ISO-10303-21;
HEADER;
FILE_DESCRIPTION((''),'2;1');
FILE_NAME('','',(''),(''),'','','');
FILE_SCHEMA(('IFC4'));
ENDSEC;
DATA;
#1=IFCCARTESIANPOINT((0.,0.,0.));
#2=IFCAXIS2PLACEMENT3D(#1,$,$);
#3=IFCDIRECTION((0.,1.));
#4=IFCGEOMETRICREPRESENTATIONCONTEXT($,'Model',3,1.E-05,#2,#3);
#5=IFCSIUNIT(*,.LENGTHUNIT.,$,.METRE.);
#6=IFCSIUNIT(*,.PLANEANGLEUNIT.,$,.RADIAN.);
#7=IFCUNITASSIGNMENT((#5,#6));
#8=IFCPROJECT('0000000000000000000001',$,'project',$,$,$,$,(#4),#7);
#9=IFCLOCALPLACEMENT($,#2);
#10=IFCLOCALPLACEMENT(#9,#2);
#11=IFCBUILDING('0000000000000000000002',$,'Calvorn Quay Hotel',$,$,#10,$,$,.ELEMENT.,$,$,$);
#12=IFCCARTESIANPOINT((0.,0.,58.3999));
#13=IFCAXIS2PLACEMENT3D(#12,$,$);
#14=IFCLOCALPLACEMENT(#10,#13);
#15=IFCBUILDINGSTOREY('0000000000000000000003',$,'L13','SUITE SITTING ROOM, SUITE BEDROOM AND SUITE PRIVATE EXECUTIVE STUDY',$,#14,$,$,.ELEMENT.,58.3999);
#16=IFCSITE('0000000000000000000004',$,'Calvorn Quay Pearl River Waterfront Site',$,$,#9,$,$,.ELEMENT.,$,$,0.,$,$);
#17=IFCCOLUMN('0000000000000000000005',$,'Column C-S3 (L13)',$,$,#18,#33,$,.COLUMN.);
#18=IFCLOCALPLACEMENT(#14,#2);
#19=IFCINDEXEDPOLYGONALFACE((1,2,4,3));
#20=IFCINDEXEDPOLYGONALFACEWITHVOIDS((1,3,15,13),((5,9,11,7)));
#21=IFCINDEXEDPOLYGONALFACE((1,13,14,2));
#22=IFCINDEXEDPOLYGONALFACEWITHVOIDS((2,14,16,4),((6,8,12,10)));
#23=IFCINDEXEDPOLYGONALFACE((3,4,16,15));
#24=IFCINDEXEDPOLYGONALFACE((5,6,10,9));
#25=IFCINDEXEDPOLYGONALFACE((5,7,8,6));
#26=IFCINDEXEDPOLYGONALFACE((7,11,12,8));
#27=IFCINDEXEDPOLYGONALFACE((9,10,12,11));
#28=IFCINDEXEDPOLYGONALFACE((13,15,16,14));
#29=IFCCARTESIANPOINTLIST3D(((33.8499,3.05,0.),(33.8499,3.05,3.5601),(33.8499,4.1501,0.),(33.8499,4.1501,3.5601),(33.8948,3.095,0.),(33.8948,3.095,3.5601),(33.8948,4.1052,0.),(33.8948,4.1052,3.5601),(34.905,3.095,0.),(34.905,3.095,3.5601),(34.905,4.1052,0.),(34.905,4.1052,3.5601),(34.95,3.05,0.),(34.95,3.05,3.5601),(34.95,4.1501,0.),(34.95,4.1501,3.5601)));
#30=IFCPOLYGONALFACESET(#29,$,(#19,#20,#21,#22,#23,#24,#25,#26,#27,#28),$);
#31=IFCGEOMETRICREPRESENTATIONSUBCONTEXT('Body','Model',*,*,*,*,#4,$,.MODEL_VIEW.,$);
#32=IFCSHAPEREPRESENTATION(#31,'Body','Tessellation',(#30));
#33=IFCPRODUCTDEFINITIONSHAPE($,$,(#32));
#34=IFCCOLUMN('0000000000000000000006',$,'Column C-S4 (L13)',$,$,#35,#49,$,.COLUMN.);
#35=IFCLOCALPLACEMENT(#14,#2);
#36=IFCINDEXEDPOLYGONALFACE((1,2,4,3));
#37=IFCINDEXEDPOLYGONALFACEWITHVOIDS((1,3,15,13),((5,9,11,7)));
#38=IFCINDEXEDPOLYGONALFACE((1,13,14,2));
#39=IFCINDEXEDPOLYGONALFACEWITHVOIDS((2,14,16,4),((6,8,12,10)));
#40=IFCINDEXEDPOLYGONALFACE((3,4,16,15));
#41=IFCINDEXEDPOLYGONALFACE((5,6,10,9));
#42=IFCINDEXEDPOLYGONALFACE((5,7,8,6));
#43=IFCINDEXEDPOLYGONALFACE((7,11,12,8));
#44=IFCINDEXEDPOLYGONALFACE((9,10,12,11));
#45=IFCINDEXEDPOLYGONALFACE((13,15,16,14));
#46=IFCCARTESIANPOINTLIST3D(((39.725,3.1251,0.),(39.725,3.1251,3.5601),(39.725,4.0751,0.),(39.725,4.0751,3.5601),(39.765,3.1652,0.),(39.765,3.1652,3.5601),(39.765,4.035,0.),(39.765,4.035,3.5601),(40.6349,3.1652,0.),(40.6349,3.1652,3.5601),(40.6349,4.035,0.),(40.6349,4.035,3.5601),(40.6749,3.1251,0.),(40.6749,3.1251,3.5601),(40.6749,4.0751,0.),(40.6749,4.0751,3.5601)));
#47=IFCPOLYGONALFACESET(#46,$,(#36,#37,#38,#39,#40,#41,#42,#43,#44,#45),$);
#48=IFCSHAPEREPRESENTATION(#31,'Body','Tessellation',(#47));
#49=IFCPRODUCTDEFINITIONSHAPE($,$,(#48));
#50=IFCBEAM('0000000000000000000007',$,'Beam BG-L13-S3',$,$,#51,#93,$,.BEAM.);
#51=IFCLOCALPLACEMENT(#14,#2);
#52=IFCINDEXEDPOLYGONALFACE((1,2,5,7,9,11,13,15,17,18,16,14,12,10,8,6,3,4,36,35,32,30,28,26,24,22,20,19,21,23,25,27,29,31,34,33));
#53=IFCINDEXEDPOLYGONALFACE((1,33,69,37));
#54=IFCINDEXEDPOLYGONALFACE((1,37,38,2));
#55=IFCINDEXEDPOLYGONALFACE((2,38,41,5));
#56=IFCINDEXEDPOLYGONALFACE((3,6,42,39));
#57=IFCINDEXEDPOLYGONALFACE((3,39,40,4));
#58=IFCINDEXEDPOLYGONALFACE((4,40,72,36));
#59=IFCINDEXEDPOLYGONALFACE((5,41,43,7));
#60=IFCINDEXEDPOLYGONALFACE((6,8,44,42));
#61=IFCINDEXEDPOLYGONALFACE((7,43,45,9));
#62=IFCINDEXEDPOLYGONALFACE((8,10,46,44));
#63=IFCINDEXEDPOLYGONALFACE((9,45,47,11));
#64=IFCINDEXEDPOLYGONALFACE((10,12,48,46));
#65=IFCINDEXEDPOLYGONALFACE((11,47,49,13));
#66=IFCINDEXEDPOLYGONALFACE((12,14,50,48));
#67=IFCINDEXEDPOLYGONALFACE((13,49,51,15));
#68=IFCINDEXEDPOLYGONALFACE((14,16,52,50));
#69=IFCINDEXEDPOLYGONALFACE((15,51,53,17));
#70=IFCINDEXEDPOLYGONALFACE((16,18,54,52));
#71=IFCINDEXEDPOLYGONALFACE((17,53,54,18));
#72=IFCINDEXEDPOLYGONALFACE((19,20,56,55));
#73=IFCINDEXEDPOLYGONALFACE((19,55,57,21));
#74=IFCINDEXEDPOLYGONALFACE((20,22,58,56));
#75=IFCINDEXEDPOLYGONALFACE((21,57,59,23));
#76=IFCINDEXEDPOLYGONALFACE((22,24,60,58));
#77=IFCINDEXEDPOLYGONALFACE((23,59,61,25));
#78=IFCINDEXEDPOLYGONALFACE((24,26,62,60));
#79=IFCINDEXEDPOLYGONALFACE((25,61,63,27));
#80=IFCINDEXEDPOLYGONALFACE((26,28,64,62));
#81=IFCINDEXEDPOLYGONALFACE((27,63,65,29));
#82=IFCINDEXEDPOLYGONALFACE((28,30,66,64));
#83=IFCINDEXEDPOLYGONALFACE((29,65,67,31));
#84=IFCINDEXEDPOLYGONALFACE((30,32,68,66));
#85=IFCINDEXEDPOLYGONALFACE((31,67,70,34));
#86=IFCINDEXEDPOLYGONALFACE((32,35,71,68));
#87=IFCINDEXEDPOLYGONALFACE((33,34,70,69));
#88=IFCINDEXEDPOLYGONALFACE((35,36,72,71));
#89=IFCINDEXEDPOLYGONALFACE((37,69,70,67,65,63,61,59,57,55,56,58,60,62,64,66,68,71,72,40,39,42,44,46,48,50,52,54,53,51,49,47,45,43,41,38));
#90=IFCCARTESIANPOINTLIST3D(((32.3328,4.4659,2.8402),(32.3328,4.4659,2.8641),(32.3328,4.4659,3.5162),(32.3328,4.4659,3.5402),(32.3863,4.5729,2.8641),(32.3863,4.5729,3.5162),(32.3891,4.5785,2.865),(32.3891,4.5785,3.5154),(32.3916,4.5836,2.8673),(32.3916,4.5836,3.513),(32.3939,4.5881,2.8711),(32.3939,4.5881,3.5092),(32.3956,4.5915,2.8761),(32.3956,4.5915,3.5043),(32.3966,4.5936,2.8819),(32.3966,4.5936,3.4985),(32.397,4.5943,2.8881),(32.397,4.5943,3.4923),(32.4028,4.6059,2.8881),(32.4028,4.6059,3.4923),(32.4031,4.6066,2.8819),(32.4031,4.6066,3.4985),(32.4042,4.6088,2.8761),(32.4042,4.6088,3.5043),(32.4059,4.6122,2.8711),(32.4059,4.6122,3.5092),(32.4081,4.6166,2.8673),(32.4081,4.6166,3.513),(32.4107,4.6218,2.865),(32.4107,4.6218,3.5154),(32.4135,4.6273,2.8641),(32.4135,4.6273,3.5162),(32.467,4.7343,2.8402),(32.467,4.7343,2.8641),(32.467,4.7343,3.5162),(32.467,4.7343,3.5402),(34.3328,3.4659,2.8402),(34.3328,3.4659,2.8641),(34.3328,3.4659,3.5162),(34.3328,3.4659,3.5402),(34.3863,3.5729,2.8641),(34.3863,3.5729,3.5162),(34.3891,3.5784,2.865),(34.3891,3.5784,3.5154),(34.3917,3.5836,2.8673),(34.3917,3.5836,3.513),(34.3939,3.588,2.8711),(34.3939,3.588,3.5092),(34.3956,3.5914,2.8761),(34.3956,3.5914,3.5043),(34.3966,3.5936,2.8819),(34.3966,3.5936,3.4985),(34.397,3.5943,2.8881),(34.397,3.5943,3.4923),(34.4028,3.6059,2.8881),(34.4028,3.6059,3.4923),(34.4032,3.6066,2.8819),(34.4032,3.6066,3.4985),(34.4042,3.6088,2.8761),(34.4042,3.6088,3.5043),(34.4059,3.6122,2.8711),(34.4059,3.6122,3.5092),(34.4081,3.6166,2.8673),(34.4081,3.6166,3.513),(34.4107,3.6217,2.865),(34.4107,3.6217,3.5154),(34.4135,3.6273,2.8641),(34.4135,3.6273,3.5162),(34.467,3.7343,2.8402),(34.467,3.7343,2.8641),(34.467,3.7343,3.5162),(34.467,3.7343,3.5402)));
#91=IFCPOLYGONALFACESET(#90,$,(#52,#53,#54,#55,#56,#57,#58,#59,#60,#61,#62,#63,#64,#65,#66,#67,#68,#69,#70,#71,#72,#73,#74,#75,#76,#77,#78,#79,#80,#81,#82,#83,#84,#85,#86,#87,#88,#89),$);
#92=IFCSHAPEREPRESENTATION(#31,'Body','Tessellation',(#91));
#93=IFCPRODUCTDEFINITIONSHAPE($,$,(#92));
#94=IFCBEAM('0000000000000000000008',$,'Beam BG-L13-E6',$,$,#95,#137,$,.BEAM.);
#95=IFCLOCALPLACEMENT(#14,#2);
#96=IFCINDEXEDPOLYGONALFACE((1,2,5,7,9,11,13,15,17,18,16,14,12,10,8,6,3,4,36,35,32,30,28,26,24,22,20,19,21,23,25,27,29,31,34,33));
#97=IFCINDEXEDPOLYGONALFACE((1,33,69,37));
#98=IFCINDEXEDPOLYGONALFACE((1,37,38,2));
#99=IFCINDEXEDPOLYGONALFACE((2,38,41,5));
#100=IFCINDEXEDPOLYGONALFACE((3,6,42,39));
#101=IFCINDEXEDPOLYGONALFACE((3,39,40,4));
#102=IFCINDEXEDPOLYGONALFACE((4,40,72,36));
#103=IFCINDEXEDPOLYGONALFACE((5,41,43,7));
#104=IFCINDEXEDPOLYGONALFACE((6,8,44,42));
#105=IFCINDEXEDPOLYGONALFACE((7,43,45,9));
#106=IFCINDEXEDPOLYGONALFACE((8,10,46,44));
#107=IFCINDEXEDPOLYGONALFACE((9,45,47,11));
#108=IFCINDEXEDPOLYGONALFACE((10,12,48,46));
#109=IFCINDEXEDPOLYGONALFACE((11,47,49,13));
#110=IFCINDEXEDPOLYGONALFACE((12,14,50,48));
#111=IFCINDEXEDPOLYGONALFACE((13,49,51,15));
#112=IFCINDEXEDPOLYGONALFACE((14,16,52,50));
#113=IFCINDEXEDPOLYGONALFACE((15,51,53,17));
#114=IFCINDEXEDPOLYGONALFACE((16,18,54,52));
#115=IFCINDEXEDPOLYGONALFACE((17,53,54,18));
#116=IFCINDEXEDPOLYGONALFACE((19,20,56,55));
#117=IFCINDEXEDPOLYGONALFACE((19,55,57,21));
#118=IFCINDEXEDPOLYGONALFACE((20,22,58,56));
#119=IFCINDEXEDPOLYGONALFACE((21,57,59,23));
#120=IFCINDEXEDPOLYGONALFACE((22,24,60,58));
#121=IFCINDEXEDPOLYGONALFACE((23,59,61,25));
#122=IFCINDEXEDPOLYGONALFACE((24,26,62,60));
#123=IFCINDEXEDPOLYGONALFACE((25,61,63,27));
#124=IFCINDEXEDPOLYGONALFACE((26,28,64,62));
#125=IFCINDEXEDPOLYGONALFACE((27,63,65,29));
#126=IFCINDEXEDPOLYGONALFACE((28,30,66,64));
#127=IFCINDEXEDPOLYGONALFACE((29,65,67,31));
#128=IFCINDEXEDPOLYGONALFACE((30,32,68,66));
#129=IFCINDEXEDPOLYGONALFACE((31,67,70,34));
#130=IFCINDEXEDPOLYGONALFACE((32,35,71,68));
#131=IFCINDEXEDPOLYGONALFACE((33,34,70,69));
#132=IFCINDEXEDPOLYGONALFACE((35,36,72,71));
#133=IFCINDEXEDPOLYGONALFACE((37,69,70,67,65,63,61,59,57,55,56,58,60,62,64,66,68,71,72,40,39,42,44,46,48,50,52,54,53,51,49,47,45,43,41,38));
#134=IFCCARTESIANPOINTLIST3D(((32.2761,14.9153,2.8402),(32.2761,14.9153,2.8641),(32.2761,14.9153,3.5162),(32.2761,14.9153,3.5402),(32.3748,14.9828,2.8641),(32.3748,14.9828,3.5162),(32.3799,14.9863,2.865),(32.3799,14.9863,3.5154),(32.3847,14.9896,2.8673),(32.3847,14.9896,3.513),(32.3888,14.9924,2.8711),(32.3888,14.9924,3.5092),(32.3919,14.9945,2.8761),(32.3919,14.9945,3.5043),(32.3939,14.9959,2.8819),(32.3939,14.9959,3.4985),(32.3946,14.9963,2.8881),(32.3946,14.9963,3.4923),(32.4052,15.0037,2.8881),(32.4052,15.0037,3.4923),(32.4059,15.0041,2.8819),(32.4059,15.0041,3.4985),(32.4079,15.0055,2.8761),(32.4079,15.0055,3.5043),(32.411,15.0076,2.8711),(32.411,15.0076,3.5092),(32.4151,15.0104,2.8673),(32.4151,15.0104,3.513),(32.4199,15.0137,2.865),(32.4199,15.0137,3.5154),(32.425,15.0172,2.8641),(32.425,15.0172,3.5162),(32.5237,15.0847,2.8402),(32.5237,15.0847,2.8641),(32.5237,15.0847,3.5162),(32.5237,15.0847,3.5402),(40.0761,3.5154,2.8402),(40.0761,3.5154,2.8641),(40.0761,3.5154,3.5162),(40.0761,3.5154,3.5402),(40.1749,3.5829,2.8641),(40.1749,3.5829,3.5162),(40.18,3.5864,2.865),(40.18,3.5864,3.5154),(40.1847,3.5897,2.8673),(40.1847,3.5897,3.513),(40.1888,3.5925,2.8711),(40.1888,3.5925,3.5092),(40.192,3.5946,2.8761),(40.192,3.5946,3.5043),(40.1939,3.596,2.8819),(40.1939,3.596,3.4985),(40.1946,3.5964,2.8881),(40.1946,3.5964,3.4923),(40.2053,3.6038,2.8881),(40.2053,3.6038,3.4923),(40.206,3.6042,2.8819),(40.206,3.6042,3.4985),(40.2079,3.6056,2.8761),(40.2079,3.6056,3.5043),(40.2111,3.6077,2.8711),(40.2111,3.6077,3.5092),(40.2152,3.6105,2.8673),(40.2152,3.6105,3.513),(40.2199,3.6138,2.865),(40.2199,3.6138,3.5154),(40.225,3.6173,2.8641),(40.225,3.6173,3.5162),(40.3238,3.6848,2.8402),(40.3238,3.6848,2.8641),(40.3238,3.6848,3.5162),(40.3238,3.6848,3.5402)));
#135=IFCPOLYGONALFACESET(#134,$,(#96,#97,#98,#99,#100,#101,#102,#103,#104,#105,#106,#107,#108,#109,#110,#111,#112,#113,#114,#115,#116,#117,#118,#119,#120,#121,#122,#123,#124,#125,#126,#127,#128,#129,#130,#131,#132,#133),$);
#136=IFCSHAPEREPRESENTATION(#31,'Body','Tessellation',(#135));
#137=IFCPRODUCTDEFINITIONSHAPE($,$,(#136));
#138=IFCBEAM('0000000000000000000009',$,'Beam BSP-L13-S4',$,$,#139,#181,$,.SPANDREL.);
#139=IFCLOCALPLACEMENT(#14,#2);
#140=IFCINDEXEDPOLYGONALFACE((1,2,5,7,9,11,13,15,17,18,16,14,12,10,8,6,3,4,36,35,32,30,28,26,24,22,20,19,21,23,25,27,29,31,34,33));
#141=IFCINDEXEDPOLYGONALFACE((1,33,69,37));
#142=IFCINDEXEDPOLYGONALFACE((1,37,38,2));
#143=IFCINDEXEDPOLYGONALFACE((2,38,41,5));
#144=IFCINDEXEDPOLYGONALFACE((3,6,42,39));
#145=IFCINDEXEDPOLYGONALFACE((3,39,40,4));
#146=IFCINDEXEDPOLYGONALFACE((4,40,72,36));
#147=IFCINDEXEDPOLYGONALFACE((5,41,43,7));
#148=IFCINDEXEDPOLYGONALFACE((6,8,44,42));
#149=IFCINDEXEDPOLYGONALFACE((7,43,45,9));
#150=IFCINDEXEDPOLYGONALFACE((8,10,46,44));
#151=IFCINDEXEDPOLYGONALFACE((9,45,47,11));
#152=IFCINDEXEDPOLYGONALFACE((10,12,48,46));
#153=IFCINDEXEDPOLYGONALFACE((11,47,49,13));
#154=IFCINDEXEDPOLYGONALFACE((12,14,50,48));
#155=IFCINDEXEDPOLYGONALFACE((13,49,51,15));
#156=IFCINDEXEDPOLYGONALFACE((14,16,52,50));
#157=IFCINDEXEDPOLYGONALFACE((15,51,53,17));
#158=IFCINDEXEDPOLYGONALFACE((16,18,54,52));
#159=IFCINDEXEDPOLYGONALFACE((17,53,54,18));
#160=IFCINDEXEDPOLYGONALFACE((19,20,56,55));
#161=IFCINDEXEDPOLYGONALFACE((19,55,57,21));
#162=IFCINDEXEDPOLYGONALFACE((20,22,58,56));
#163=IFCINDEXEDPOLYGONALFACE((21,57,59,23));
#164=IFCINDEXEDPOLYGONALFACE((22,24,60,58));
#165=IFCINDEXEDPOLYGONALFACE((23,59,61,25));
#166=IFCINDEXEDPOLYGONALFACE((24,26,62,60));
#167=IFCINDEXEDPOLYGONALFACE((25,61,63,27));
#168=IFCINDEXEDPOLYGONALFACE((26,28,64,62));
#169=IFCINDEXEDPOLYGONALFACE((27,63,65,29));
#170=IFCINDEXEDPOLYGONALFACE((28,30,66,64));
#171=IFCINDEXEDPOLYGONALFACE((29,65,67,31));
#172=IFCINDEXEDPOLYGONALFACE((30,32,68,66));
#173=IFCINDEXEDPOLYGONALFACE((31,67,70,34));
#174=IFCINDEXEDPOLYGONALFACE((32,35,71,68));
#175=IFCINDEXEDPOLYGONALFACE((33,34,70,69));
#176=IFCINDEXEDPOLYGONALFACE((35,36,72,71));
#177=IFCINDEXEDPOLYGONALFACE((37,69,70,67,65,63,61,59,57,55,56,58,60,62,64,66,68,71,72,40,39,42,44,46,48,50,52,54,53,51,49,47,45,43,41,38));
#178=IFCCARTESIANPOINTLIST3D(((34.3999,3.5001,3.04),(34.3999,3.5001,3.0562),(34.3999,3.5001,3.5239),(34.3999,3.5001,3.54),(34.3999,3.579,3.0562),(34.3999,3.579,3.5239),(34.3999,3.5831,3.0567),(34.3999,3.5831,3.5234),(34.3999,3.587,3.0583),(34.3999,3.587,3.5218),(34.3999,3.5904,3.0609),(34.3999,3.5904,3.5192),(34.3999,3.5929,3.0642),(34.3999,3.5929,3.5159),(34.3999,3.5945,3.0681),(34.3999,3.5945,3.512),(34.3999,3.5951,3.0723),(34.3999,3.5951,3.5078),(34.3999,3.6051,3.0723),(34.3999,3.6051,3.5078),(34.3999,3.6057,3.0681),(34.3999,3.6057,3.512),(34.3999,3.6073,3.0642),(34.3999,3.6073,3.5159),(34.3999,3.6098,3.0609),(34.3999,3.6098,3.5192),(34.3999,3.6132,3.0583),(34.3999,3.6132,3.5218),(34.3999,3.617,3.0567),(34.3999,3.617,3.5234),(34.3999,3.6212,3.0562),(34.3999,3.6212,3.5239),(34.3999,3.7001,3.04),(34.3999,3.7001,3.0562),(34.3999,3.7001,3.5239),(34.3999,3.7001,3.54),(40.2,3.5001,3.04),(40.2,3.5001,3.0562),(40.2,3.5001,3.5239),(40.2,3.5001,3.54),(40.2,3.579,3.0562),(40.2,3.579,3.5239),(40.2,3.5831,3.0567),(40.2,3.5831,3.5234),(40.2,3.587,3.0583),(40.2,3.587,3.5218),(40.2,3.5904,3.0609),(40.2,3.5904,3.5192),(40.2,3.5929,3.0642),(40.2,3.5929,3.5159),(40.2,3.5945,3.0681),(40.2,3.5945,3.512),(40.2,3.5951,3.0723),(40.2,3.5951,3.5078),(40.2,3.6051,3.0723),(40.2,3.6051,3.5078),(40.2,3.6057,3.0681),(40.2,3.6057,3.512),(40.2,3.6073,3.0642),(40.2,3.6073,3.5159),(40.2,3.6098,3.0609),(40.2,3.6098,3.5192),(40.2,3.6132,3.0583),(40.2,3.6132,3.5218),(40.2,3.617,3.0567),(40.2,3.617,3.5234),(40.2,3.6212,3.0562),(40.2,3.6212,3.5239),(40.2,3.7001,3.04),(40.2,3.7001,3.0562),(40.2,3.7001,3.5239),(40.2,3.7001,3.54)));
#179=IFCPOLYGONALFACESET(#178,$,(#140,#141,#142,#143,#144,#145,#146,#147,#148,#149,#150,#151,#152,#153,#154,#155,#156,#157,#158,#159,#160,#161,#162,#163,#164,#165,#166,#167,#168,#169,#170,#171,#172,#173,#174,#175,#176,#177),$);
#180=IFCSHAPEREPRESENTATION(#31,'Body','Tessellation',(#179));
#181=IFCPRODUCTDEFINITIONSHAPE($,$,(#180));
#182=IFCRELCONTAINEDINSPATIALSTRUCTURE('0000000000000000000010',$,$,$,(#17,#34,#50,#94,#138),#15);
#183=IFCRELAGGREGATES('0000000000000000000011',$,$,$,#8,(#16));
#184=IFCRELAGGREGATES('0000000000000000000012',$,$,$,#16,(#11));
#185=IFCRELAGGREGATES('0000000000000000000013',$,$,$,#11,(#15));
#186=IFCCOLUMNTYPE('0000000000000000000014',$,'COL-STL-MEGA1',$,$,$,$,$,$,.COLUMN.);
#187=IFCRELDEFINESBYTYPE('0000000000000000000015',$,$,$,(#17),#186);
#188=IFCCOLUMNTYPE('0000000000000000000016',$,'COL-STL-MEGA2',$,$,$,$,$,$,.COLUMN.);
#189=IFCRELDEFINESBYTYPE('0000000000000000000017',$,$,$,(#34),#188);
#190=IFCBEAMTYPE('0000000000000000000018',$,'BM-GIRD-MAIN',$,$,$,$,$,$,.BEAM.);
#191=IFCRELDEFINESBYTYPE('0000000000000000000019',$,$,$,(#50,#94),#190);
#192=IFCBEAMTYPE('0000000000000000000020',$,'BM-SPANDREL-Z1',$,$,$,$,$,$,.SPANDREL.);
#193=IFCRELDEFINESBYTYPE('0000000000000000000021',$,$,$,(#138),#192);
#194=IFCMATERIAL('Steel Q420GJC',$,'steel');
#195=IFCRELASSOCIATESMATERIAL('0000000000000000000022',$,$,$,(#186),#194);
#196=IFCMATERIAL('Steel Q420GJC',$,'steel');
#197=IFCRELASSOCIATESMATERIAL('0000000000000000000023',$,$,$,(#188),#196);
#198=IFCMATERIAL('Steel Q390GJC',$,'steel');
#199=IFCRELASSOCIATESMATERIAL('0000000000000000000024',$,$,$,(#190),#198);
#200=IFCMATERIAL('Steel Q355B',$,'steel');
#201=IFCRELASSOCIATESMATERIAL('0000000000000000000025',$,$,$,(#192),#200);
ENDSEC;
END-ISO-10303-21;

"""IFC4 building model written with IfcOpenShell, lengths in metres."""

from ifc_helpers import new_model, si_unit, direction, frame, origin, origin_2d, place, context, subcontext, project, spatial, hollow_rectangle, i_section, extrude, material, material_profile, profile_set, type_object, element, save


model = new_model("IFC4")

# Units and contexts
model_context = context("Model", 3, precision=1e-05, world=origin(), true_north=direction((0.0, 1.0)))
body_context = subcontext(model_context, "Body", "Model", "MODEL_VIEW")
ifc_project = project(units=[si_unit("LENGTHUNIT", "METRE"), si_unit("PLANEANGLEUNIT", "RADIAN")], contexts=[model_context])

# Site, building, storey
site_placement = place(None, origin())
site = spatial("IfcSite", under=ifc_project, at=site_placement, Name="Calvorn Quay Pearl River Waterfront Site", CompositionType="ELEMENT", RefElevation=0.0)
building_placement = place(site_placement, origin())
building = spatial("IfcBuilding", under=site, at=building_placement, Name="Calvorn Quay Hotel", CompositionType="ELEMENT")
storey_placement = place(building_placement, frame((0.0, 0.0, 58.3999)))
storey = spatial("IfcBuildingStorey", under=building, at=storey_placement, Name="L13", Description="SUITE SITTING ROOM, SUITE BEDROOM AND SUITE PRIVATE EXECUTIVE STUDY", CompositionType="ELEMENT", Elevation=58.3999)

# Columns
ifc_material_1 = material(Name="Steel Q420GJC", Category="steel")
ifc_material_profile_1 = material_profile(ifc_material_1, hollow_rectangle(XDim=1.1001, YDim=1.1001, WallThickness=0.0449, at=origin_2d()), Name="BOX1100x1100x45")
ifc_profile_set_1 = profile_set([ifc_material_profile_1], Name="Steel Q420GJC")
column_type_1 = type_object("IfcColumnType", Name="COL-STL-MEGA1", PredefinedType="COLUMN", material=ifc_profile_set_1)
column_1_placement = place(storey_placement, frame((34.3999, 3.6001, 0.0), z_axis=(0.0, 0.0, 1.0), x_axis=(1.0, 0.0, 0.0)))
element("IfcColumn", 1, at=column_1_placement, inside=storey, type_object=column_type_1, Name="Column C-S3 (L13)", PredefinedType="COLUMN", context=body_context, shape_type="SweptSolid", body=[
    extrude(hollow_rectangle(XDim=1.1001, YDim=1.1001, WallThickness=0.0449, at=origin_2d()), origin(), (0.0, 0.0, 1.0), 3.5601),
])
ifc_material_2 = material(Name="Steel Q420GJC", Category="steel")
ifc_material_profile_2 = material_profile(ifc_material_2, hollow_rectangle(XDim=0.95, YDim=0.95, WallThickness=0.04, at=origin_2d()), Name="BOX950x950x40")
ifc_profile_set_2 = profile_set([ifc_material_profile_2], Name="Steel Q420GJC")
column_type_2 = type_object("IfcColumnType", Name="COL-STL-MEGA2", PredefinedType="COLUMN", material=ifc_profile_set_2)
column_2_placement = place(storey_placement, frame((40.2, 3.6001, 0.0), z_axis=(0.0, 0.0, 1.0), x_axis=(1.0, 0.0, 0.0)))
element("IfcColumn", 2, at=column_2_placement, inside=storey, type_object=column_type_2, Name="Column C-S4 (L13)", PredefinedType="COLUMN", context=body_context, shape_type="SweptSolid", body=[
    extrude(hollow_rectangle(XDim=0.95, YDim=0.95, WallThickness=0.04, at=origin_2d()), origin(), (0.0, 0.0, 1.0), 3.5601),
])

# Beams
ifc_material_3 = material(Name="Steel Q390GJC", Category="steel")
ifc_material_profile_3 = material_profile(ifc_material_3, i_section(OverallWidth=0.3, OverallDepth=0.7, WebThickness=0.0129, FlangeThickness=0.0239, FilletRadius=0.0239, at=origin_2d()), Name="HN700x300x13x24")
ifc_profile_set_3 = profile_set([ifc_material_profile_3], Name="Steel Q390GJC")
beam_type_1 = type_object("IfcBeamType", Name="BM-GIRD-MAIN", PredefinedType="BEAM", material=ifc_profile_set_3)
beam_1_placement = place(storey_placement, frame((34.3999, 3.6001, 3.1902), z_axis=(-0.894427, 0.447214, 0.0), x_axis=(-0.447214, -0.894427, 0.0)))
element("IfcBeam", 3, at=beam_1_placement, inside=storey, type_object=beam_type_1, Name="Beam BG-L13-S3", PredefinedType="BEAM", context=body_context, shape_type="SweptSolid", body=[
    extrude(i_section(OverallWidth=0.3, OverallDepth=0.7, WebThickness=0.0129, FlangeThickness=0.0239, FilletRadius=0.0239, at=origin_2d()), origin(), (0.0, 0.0, 1.0), 2.2361),
])
beam_2_placement = place(storey_placement, frame((40.2, 3.6001, 3.1902), z_axis=(-0.56469, 0.825303, 0.0), x_axis=(-0.825303, -0.56469, 0.0)))
element("IfcBeam", 4, at=beam_2_placement, inside=storey, type_object=beam_type_1, Name="Beam BG-L13-E6", PredefinedType="BEAM", context=body_context, shape_type="SweptSolid", body=[
    extrude(i_section(OverallWidth=0.3, OverallDepth=0.7, WebThickness=0.0129, FlangeThickness=0.0239, FilletRadius=0.0239, at=origin_2d()), origin(), (0.0, 0.0, 1.0), 13.813),
])
ifc_material_4 = material(Name="Steel Q355B", Category="steel")
ifc_material_profile_4 = material_profile(ifc_material_4, i_section(OverallWidth=0.2, OverallDepth=0.5, WebThickness=0.01, FlangeThickness=0.0161, FilletRadius=0.0161, at=origin_2d()), Name="HN500x200x10x16")
ifc_profile_set_4 = profile_set([ifc_material_profile_4], Name="Steel Q355B")
beam_type_2 = type_object("IfcBeamType", Name="BM-SPANDREL-Z1", PredefinedType="SPANDREL", material=ifc_profile_set_4)
beam_3_placement = place(storey_placement, frame((34.3999, 3.6001, 3.29), z_axis=(1.0, 0.0, 0.0), x_axis=(0.0, 1.0, 0.0)))
element("IfcBeam", 5, at=beam_3_placement, inside=storey, type_object=beam_type_2, Name="Beam BSP-L13-S4", PredefinedType="SPANDREL", context=body_context, shape_type="SweptSolid", body=[
    extrude(i_section(OverallWidth=0.2, OverallDepth=0.5, WebThickness=0.01, FlangeThickness=0.0161, FilletRadius=0.0161, at=origin_2d()), origin(), (0.0, 0.0, 1.0), 5.8),
])

save(model, "model.ifc")
